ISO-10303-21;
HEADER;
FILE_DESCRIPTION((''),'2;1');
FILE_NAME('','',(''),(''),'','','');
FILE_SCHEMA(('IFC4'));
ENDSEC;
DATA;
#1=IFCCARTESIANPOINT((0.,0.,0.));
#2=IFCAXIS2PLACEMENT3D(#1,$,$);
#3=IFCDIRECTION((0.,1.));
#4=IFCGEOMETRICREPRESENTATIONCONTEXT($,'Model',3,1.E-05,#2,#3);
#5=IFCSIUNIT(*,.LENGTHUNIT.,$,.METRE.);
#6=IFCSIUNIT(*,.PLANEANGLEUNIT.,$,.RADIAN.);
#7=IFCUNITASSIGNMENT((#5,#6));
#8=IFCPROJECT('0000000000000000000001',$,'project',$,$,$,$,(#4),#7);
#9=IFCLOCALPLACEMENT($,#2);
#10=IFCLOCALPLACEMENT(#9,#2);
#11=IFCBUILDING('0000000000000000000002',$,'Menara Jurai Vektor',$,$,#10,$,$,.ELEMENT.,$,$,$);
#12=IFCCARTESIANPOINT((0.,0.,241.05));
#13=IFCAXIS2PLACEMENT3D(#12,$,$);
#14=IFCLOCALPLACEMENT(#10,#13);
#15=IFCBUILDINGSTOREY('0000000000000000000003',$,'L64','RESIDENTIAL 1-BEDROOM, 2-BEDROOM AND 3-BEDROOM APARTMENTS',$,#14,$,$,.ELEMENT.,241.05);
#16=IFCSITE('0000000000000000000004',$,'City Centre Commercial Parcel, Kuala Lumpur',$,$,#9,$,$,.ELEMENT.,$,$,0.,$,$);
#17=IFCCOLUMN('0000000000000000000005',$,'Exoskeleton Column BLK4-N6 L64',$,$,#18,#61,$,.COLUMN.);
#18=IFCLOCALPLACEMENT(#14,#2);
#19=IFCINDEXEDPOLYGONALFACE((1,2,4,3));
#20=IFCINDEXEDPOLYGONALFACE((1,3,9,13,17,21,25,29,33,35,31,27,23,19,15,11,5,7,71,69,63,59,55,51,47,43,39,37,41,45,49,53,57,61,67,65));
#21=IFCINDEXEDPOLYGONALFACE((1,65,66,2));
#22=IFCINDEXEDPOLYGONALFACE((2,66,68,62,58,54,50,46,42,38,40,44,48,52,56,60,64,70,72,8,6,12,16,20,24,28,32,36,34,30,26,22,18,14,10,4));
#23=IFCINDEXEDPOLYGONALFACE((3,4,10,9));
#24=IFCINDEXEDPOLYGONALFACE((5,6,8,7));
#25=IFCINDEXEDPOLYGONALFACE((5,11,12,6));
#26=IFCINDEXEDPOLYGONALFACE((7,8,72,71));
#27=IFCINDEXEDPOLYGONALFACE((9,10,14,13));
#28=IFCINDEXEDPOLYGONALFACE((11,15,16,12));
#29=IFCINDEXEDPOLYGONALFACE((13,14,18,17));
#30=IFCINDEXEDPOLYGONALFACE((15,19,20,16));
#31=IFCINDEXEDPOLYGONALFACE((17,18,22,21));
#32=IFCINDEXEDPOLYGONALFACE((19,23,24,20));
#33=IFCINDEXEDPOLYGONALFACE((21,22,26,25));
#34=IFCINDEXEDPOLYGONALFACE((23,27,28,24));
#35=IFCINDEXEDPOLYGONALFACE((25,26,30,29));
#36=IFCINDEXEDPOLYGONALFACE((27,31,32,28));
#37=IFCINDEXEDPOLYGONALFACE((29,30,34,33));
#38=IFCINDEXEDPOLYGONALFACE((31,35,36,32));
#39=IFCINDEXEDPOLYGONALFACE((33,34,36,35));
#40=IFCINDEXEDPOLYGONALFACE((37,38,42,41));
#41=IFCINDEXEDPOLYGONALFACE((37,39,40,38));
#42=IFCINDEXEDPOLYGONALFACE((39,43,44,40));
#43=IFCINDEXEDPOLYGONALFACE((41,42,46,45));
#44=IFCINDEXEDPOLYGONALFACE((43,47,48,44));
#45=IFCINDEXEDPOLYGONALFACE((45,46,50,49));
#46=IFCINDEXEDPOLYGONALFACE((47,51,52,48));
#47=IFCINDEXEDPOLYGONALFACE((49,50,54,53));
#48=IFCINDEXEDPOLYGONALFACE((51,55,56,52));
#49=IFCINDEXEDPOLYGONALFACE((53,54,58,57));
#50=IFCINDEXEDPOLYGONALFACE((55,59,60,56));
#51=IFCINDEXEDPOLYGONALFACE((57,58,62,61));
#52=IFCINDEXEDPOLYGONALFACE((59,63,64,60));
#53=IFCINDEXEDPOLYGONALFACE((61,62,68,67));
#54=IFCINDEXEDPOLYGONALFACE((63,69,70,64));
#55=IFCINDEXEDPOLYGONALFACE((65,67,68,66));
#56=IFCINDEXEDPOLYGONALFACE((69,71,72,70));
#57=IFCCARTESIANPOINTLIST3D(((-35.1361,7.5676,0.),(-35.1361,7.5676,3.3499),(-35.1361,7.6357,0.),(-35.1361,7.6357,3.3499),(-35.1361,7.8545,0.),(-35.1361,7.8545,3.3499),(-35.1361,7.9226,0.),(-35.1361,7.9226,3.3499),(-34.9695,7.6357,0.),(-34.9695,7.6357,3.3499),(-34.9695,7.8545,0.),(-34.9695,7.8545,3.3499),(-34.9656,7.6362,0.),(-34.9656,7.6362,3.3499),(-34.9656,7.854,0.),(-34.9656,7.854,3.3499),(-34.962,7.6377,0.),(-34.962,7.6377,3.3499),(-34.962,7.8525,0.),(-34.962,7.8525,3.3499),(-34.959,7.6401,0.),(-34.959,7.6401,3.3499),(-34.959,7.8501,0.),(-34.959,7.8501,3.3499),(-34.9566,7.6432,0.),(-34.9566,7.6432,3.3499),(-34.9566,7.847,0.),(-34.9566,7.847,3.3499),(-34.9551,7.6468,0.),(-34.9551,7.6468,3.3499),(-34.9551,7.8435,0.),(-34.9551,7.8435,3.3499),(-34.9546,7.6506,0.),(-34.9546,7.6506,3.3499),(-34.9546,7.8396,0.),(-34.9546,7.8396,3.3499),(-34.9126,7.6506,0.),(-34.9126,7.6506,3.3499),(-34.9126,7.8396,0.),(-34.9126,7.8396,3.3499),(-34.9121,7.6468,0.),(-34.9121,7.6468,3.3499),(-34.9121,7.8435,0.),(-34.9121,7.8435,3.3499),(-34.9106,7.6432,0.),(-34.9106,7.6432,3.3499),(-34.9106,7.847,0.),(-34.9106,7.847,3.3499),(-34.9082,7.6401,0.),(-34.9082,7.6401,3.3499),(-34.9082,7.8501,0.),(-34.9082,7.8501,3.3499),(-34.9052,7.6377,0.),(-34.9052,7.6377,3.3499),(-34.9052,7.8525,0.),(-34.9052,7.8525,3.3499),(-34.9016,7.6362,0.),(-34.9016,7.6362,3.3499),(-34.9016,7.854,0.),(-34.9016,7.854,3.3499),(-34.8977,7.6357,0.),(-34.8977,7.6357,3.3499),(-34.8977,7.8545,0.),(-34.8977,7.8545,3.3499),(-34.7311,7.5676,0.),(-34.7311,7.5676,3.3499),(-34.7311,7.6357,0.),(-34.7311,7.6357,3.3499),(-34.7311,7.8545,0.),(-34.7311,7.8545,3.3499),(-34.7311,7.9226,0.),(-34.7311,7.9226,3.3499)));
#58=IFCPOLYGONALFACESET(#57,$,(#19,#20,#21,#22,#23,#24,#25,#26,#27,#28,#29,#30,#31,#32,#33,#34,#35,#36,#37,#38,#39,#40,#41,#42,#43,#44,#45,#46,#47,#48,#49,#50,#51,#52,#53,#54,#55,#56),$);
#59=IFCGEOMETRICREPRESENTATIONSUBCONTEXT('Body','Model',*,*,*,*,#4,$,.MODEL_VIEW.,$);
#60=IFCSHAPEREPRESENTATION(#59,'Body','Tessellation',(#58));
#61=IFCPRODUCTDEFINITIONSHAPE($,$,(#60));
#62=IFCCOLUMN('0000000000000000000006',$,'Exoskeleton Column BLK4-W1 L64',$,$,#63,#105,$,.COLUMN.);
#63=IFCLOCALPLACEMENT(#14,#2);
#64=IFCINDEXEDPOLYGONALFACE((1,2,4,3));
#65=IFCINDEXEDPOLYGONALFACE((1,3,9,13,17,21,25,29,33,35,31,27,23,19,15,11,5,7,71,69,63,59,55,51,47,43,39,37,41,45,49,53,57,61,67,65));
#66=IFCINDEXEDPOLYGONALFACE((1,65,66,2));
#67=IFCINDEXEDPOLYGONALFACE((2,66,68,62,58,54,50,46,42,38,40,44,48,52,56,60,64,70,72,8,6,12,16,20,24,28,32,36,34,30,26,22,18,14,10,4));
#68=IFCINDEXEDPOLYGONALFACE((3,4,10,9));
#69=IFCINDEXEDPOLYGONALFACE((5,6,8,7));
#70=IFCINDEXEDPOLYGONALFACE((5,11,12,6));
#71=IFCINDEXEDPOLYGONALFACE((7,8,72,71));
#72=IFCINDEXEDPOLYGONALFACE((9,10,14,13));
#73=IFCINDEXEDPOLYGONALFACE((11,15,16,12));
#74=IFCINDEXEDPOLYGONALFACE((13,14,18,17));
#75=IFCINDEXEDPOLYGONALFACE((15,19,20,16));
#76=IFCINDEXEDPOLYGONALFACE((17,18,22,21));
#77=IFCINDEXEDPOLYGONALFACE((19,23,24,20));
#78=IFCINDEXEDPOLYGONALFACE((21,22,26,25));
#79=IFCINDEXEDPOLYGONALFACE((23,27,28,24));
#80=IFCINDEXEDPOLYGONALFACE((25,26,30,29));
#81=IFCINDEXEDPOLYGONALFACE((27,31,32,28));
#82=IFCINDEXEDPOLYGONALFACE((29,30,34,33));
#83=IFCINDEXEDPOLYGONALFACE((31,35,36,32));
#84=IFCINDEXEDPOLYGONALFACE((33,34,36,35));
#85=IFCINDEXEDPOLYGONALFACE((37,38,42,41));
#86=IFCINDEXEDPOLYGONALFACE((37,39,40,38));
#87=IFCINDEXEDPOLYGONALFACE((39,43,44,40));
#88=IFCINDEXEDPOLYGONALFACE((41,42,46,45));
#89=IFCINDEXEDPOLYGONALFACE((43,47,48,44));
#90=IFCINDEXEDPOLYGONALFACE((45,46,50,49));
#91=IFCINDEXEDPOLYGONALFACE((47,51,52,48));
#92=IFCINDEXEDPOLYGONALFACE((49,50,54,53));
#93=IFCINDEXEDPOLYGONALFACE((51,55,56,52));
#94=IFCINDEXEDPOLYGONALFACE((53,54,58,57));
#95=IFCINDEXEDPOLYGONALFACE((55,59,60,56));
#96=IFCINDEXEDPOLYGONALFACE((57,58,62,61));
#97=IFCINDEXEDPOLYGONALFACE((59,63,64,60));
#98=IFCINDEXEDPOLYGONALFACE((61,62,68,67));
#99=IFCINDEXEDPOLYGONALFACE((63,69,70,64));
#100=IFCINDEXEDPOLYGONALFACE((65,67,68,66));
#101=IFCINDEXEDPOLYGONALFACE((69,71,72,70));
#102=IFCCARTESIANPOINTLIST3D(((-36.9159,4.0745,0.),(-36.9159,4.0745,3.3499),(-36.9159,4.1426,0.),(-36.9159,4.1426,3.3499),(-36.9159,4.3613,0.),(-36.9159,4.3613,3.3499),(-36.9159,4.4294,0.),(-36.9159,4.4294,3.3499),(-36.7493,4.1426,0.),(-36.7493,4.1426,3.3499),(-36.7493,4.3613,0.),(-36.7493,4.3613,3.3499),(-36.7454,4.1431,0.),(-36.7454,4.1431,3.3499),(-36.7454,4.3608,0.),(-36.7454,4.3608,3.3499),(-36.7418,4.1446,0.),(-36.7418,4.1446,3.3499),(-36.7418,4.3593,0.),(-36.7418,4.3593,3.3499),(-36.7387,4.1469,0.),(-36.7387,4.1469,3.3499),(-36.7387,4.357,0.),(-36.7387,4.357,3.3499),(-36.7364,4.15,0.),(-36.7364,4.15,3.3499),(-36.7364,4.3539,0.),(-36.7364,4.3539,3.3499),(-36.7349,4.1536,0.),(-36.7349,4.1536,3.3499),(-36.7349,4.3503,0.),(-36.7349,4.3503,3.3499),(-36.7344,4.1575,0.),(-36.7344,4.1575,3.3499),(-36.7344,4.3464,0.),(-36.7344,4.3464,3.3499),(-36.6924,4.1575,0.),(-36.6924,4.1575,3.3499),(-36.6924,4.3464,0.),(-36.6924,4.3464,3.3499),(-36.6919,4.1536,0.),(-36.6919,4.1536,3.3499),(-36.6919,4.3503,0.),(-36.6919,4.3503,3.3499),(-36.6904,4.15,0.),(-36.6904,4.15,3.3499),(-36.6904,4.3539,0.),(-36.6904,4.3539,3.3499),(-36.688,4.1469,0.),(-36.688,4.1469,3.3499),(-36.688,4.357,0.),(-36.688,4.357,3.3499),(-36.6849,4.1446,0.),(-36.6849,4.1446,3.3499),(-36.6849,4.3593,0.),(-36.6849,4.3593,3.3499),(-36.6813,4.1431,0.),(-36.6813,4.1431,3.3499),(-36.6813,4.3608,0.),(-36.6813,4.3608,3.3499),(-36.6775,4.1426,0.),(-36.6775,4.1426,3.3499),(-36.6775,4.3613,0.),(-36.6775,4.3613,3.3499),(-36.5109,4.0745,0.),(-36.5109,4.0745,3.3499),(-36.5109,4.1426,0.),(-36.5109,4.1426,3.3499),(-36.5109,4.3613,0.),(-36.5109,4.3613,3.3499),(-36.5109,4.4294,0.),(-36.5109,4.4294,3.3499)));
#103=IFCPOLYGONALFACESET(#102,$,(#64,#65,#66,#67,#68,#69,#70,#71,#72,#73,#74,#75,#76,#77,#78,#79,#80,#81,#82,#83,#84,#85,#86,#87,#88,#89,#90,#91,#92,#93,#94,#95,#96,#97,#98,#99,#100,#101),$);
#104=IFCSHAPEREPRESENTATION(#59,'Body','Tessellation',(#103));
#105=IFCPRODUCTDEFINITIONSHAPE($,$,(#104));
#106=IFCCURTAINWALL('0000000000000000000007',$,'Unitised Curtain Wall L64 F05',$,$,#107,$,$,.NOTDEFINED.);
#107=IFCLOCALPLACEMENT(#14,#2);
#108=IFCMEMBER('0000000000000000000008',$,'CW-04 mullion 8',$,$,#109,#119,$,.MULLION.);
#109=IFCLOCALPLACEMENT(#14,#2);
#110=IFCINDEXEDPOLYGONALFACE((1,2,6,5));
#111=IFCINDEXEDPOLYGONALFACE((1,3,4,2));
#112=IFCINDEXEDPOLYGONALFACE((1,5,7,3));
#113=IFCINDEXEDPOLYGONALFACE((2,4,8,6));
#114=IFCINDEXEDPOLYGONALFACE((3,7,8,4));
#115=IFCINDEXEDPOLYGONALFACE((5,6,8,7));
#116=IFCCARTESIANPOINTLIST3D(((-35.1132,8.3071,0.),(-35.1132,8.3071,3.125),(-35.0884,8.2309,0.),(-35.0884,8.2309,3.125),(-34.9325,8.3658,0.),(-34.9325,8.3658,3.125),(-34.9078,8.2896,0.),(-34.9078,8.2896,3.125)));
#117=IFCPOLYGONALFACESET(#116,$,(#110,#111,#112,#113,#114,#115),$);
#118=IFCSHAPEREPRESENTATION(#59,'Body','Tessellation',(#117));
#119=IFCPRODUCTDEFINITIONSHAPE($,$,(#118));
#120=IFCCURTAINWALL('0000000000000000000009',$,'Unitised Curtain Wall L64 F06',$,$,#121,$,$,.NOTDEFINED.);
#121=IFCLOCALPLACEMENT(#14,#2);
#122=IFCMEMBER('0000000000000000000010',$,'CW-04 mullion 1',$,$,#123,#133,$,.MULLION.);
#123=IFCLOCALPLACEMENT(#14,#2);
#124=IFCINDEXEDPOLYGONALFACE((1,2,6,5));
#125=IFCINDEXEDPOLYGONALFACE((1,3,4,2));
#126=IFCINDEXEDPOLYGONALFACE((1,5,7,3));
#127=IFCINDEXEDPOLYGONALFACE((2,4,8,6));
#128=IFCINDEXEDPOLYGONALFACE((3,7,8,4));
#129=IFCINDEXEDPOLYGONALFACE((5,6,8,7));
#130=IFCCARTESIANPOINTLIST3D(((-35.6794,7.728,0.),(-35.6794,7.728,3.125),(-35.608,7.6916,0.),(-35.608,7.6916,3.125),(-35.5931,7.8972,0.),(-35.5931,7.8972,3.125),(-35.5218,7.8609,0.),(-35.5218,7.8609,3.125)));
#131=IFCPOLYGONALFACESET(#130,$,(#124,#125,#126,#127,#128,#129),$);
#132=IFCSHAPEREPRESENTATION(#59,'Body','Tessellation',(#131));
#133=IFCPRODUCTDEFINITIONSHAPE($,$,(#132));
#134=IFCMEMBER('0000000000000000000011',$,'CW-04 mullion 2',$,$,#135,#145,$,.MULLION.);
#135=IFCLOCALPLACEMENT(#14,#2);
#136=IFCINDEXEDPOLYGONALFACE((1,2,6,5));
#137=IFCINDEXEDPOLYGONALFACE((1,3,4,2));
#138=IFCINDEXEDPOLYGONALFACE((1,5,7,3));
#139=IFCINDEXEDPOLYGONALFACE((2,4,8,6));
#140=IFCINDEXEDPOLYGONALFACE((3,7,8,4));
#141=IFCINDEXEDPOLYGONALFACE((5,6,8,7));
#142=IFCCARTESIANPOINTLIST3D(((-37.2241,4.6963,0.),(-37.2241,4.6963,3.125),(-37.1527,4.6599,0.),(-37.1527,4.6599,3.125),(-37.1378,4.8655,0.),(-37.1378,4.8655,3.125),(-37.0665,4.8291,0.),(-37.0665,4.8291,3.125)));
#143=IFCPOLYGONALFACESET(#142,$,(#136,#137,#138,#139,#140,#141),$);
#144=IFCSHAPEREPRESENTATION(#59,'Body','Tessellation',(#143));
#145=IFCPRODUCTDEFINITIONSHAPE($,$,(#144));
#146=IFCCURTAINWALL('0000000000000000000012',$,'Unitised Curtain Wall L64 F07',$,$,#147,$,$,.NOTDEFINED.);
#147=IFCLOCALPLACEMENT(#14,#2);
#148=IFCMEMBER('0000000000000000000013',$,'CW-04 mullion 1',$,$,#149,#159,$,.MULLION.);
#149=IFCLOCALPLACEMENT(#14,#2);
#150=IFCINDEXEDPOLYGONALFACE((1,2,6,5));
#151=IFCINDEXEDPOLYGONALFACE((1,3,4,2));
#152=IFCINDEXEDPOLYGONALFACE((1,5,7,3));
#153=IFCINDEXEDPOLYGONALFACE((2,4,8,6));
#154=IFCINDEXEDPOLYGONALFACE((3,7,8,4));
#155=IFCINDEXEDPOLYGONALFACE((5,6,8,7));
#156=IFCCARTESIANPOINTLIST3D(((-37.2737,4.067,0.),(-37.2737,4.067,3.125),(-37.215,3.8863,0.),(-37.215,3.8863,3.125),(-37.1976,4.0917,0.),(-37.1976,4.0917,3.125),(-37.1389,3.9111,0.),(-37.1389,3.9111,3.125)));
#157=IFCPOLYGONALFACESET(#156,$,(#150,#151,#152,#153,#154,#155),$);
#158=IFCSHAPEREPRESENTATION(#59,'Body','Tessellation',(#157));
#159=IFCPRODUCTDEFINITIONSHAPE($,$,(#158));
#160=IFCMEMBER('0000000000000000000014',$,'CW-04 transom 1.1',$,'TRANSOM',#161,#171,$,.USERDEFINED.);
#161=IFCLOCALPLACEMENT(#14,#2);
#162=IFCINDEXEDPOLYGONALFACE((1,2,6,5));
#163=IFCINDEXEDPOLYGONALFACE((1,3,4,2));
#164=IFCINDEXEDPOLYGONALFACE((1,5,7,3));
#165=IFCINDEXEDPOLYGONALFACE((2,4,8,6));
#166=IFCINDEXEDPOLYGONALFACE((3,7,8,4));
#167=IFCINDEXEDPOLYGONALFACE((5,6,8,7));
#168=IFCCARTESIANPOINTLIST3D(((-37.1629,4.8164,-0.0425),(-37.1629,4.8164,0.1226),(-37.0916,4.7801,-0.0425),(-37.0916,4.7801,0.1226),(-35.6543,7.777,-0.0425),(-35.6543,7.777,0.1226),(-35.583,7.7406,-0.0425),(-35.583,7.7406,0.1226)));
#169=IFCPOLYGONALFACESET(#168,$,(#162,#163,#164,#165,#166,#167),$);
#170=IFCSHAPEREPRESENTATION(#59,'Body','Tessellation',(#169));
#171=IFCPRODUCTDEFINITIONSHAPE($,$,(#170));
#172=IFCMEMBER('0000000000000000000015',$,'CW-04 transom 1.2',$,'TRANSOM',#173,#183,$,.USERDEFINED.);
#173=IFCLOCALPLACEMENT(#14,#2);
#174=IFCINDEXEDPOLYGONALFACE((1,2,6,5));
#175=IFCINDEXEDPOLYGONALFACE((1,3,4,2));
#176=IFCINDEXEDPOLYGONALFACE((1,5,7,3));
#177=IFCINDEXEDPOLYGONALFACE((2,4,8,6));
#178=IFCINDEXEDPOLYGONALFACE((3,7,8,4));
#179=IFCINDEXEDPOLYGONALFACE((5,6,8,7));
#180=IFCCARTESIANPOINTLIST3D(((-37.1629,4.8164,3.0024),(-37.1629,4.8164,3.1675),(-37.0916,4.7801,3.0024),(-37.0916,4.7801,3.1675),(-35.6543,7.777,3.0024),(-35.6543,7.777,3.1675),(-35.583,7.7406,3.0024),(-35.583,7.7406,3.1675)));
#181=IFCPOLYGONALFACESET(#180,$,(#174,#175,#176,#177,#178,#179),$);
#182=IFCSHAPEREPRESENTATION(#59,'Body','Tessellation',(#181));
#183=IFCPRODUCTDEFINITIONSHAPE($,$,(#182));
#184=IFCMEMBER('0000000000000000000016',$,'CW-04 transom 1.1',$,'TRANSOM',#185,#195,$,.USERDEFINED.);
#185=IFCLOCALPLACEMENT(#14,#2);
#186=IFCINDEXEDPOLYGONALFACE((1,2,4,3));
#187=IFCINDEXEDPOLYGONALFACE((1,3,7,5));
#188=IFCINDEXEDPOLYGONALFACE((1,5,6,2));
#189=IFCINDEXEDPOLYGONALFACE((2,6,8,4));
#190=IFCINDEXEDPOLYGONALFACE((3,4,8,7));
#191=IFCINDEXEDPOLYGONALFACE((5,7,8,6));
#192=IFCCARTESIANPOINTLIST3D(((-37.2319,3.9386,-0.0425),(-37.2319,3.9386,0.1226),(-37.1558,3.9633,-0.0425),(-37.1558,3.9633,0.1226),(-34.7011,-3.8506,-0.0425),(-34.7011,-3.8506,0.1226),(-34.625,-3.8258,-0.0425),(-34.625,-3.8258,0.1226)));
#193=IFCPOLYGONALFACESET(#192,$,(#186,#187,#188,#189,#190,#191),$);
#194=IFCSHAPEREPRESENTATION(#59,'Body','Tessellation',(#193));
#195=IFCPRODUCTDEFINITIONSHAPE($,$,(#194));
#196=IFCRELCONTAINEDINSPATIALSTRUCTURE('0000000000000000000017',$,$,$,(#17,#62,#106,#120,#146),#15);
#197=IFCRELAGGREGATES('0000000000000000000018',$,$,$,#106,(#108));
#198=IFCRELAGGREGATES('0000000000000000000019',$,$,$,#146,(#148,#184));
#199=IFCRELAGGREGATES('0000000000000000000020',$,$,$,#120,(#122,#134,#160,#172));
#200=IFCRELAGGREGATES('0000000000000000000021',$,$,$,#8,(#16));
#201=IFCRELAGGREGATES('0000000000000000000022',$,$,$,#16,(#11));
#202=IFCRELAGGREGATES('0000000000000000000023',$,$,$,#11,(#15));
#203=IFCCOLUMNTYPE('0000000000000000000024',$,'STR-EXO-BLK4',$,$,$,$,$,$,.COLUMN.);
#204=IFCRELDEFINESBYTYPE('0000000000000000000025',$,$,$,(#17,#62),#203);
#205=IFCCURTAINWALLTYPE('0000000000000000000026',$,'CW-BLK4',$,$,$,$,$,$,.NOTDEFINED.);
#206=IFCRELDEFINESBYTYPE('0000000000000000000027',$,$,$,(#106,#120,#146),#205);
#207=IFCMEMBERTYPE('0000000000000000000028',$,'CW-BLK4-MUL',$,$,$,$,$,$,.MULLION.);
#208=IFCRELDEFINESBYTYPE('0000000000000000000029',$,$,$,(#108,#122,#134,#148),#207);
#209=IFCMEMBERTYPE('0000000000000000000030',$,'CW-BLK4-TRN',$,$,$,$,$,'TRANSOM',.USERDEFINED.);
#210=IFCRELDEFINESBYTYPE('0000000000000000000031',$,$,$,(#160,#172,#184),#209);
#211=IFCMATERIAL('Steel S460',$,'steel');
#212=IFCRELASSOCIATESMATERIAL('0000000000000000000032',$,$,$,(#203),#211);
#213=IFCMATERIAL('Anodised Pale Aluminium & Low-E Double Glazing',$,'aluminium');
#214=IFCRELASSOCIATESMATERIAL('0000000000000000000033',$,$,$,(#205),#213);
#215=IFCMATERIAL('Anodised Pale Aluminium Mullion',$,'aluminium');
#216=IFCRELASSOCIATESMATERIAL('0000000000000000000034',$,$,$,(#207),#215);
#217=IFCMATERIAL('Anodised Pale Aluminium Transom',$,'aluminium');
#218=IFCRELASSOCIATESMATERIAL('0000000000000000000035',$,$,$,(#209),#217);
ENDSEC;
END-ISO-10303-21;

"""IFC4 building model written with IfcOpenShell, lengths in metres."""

from ifc_helpers import new_model, si_unit, direction, frame, origin, origin_2d, place, context, subcontext, project, spatial, rectangle, i_section, extrude, material, material_profile, profile_set, type_object, element, aggregate, save


model = new_model("IFC4")

# Units and contexts
model_context = context("Model", 3, precision=1e-05, world=origin(), true_north=direction((0.0, 1.0)))
body_context = subcontext(model_context, "Body", "Model", "MODEL_VIEW")
ifc_project = project(units=[si_unit("LENGTHUNIT", "METRE"), si_unit("PLANEANGLEUNIT", "RADIAN")], contexts=[model_context])

# Site, building, storey
site_placement = place(None, origin())
site = spatial("IfcSite", under=ifc_project, at=site_placement, Name="City Centre Commercial Parcel, Kuala Lumpur", CompositionType="ELEMENT", RefElevation=0.0)
building_placement = place(site_placement, origin())
building = spatial("IfcBuilding", under=site, at=building_placement, Name="Menara Jurai Vektor", CompositionType="ELEMENT")
storey_placement = place(building_placement, frame((0.0, 0.0, 241.05)))
storey = spatial("IfcBuildingStorey", under=building, at=storey_placement, Name="L64", Description="RESIDENTIAL 1-BEDROOM, 2-BEDROOM AND 3-BEDROOM APARTMENTS", CompositionType="ELEMENT", Elevation=241.05)

# Columns
ifc_material_1 = material(Name="Steel S460", Category="steel")
ifc_material_profile_1 = material_profile(ifc_material_1, i_section(OverallWidth=0.405, OverallDepth=0.355, WebThickness=0.042, FlangeThickness=0.0681, FilletRadius=0.0149, at=origin_2d()), Name="HD 400x551")
ifc_profile_set_1 = profile_set([ifc_material_profile_1], Name="Steel S460")
column_type = type_object("IfcColumnType", Name="STR-EXO-BLK4", PredefinedType="COLUMN", material=ifc_profile_set_1)
for number, where, z_axis, x_axis, name in (
    (1, (-34.9336, 7.7451, 0.0), (0.0, 0.0, 1.0), (1.0, 0.0, 0.0), "Exoskeleton Column BLK4-N6 L64"),
    (2, (-36.7134, 4.252, 0.0), (0.0, 0.0, 1.0), (1.0, 0.0, 0.0), "Exoskeleton Column BLK4-W1 L64"),
):
    element("IfcColumn", number, at=place(storey_placement, frame(where, z_axis=z_axis, x_axis=x_axis)), inside=storey, type_object=column_type, Name=name, PredefinedType="COLUMN", context=body_context, shape_type="SweptSolid", body=[
        extrude(i_section(OverallWidth=0.405, OverallDepth=0.355, WebThickness=0.042, FlangeThickness=0.0681, FilletRadius=0.0149, at=origin_2d()), origin(), (0.0, 0.0, 1.0), 3.3499),
    ])

# Curtain wall, member
ifc_material_2 = material(Name="Anodised Pale Aluminium & Low-E Double Glazing", Category="aluminium")
curtain_wall_type = type_object("IfcCurtainWallType", Name="CW-BLK4", PredefinedType="NOTDEFINED", material=ifc_material_2)
curtain_wall_1_placement = place(storey_placement, origin())
curtain_wall_1 = element("IfcCurtainWall", 3, at=curtain_wall_1_placement, inside=storey, type_object=curtain_wall_type, Name="Unitised Curtain Wall L64 F05", PredefinedType="NOTDEFINED")
ifc_material_3 = material(Name="Anodised Pale Aluminium Mullion", Category="aluminium")
ifc_material_profile_2 = material_profile(ifc_material_3, rectangle(XDim=0.0801, YDim=0.1899, at=origin_2d()), Name="ALU MUL 80x190")
ifc_profile_set_2 = profile_set([ifc_material_profile_2], Name="Anodised Pale Aluminium Mullion")
member_type_1 = type_object("IfcMemberType", Name="CW-BLK4-MUL", PredefinedType="MULLION", material=ifc_profile_set_2)
member_1_placement = place(storey_placement, frame((-35.0105, 8.2983, 0.0), z_axis=(0.0, 0.0, 1.0), x_axis=(0.309017, -0.951056, 0.0)))
member_1 = element("IfcMember", 4, at=member_1_placement, type_object=member_type_1, Name="CW-04 mullion 8", PredefinedType="MULLION", context=body_context, shape_type="SweptSolid", body=[
    extrude(rectangle(XDim=0.0801, YDim=0.1899, at=origin_2d()), origin(), (0.0, 0.0, 1.0), 3.125),
])

# Curtain wall, members
curtain_wall_2_placement = place(storey_placement, origin())
curtain_wall_2 = element("IfcCurtainWall", 5, at=curtain_wall_2_placement, inside=storey, type_object=curtain_wall_type, Name="Unitised Curtain Wall L64 F06", PredefinedType="NOTDEFINED")
member_2_placement = place(storey_placement, frame((-35.6006, 7.7944, 0.0), z_axis=(0.0, 0.0, 1.0), x_axis=(0.891008, -0.453989, 0.0)))
member_2 = element("IfcMember", 6, at=member_2_placement, type_object=member_type_1, Name="CW-04 mullion 1", PredefinedType="MULLION", context=body_context, shape_type="SweptSolid", body=[
    extrude(rectangle(XDim=0.0801, YDim=0.1899, at=origin_2d()), origin(), (0.0, 0.0, 1.0), 3.125),
])
member_3_placement = place(storey_placement, frame((-37.1453, 4.7627, 0.0), z_axis=(0.0, 0.0, 1.0), x_axis=(0.891008, -0.453989, 0.0)))
member_3 = element("IfcMember", 7, at=member_3_placement, type_object=member_type_1, Name="CW-04 mullion 2", PredefinedType="MULLION", context=body_context, shape_type="SweptSolid", body=[
    extrude(rectangle(XDim=0.0801, YDim=0.1899, at=origin_2d()), origin(), (0.0, 0.0, 1.0), 3.125),
])

# Curtain wall, member
curtain_wall_3_placement = place(storey_placement, origin())
curtain_wall_3 = element("IfcCurtainWall", 8, at=curtain_wall_3_placement, inside=storey, type_object=curtain_wall_type, Name="Unitised Curtain Wall L64 F07", PredefinedType="NOTDEFINED")
member_4_placement = place(storey_placement, frame((-37.2063, 3.989, 0.0), z_axis=(0.0, 0.0, 1.0), x_axis=(0.951057, 0.309016, 0.0)))
member_4 = element("IfcMember", 9, at=member_4_placement, type_object=member_type_1, Name="CW-04 mullion 1", PredefinedType="MULLION", context=body_context, shape_type="SweptSolid", body=[
    extrude(rectangle(XDim=0.0801, YDim=0.1899, at=origin_2d()), origin(), (0.0, 0.0, 1.0), 3.125),
])

# Members
ifc_material_4 = material(Name="Anodised Pale Aluminium Transom", Category="aluminium")
ifc_material_profile_3 = material_profile(ifc_material_4, rectangle(XDim=0.0801, YDim=0.165, at=origin_2d()), Name="ALU TRN 80x165")
ifc_profile_set_3 = profile_set([ifc_material_profile_3], Name="Anodised Pale Aluminium Transom")
member_type_2 = type_object("IfcMemberType", Name="CW-BLK4-TRN", ElementType="TRANSOM", PredefinedType="USERDEFINED", material=ifc_profile_set_3)
member_5_placement = place(storey_placement, frame((-35.6187, 7.7588, 0.04), z_axis=(-0.454019, -0.890992, 0.0), x_axis=(0.890992, -0.454019, 0.0)))
member_5 = element("IfcMember", 10, at=member_5_placement, type_object=member_type_2, Name="CW-04 transom 1.1", ObjectType="TRANSOM", PredefinedType="USERDEFINED", context=body_context, shape_type="SweptSolid", body=[
    extrude(rectangle(XDim=0.0801, YDim=0.165, at=origin_2d()), origin(), (0.0, 0.0, 1.0), 3.3228),
])
member_6_placement = place(storey_placement, frame((-35.6187, 7.7588, 3.085), z_axis=(-0.454019, -0.890992, 0.0), x_axis=(0.890992, -0.454019, 0.0)))
member_6 = element("IfcMember", 11, at=member_6_placement, type_object=member_type_2, Name="CW-04 transom 1.2", ObjectType="TRANSOM", PredefinedType="USERDEFINED", context=body_context, shape_type="SweptSolid", body=[
    extrude(rectangle(XDim=0.0801, YDim=0.165, at=origin_2d()), origin(), (0.0, 0.0, 1.0), 3.3228),
])
member_7_placement = place(storey_placement, frame((-37.1938, 3.9509, 0.04), z_axis=(0.309011, -0.951059, 0.0), x_axis=(0.951059, 0.309011, 0.0)))
member_7 = element("IfcMember", 12, at=member_7_placement, type_object=member_type_2, Name="CW-04 transom 1.1", ObjectType="TRANSOM", PredefinedType="USERDEFINED", context=body_context, shape_type="SweptSolid", body=[
    extrude(rectangle(XDim=0.0801, YDim=0.165, at=origin_2d()), origin(), (0.0, 0.0, 1.0), 8.1899),
])

aggregate(curtain_wall_1, [member_1])
aggregate(curtain_wall_3, [member_4, member_7])
aggregate(curtain_wall_2, [member_2, member_3, member_5, member_6])

save(model, "model.ifc")
